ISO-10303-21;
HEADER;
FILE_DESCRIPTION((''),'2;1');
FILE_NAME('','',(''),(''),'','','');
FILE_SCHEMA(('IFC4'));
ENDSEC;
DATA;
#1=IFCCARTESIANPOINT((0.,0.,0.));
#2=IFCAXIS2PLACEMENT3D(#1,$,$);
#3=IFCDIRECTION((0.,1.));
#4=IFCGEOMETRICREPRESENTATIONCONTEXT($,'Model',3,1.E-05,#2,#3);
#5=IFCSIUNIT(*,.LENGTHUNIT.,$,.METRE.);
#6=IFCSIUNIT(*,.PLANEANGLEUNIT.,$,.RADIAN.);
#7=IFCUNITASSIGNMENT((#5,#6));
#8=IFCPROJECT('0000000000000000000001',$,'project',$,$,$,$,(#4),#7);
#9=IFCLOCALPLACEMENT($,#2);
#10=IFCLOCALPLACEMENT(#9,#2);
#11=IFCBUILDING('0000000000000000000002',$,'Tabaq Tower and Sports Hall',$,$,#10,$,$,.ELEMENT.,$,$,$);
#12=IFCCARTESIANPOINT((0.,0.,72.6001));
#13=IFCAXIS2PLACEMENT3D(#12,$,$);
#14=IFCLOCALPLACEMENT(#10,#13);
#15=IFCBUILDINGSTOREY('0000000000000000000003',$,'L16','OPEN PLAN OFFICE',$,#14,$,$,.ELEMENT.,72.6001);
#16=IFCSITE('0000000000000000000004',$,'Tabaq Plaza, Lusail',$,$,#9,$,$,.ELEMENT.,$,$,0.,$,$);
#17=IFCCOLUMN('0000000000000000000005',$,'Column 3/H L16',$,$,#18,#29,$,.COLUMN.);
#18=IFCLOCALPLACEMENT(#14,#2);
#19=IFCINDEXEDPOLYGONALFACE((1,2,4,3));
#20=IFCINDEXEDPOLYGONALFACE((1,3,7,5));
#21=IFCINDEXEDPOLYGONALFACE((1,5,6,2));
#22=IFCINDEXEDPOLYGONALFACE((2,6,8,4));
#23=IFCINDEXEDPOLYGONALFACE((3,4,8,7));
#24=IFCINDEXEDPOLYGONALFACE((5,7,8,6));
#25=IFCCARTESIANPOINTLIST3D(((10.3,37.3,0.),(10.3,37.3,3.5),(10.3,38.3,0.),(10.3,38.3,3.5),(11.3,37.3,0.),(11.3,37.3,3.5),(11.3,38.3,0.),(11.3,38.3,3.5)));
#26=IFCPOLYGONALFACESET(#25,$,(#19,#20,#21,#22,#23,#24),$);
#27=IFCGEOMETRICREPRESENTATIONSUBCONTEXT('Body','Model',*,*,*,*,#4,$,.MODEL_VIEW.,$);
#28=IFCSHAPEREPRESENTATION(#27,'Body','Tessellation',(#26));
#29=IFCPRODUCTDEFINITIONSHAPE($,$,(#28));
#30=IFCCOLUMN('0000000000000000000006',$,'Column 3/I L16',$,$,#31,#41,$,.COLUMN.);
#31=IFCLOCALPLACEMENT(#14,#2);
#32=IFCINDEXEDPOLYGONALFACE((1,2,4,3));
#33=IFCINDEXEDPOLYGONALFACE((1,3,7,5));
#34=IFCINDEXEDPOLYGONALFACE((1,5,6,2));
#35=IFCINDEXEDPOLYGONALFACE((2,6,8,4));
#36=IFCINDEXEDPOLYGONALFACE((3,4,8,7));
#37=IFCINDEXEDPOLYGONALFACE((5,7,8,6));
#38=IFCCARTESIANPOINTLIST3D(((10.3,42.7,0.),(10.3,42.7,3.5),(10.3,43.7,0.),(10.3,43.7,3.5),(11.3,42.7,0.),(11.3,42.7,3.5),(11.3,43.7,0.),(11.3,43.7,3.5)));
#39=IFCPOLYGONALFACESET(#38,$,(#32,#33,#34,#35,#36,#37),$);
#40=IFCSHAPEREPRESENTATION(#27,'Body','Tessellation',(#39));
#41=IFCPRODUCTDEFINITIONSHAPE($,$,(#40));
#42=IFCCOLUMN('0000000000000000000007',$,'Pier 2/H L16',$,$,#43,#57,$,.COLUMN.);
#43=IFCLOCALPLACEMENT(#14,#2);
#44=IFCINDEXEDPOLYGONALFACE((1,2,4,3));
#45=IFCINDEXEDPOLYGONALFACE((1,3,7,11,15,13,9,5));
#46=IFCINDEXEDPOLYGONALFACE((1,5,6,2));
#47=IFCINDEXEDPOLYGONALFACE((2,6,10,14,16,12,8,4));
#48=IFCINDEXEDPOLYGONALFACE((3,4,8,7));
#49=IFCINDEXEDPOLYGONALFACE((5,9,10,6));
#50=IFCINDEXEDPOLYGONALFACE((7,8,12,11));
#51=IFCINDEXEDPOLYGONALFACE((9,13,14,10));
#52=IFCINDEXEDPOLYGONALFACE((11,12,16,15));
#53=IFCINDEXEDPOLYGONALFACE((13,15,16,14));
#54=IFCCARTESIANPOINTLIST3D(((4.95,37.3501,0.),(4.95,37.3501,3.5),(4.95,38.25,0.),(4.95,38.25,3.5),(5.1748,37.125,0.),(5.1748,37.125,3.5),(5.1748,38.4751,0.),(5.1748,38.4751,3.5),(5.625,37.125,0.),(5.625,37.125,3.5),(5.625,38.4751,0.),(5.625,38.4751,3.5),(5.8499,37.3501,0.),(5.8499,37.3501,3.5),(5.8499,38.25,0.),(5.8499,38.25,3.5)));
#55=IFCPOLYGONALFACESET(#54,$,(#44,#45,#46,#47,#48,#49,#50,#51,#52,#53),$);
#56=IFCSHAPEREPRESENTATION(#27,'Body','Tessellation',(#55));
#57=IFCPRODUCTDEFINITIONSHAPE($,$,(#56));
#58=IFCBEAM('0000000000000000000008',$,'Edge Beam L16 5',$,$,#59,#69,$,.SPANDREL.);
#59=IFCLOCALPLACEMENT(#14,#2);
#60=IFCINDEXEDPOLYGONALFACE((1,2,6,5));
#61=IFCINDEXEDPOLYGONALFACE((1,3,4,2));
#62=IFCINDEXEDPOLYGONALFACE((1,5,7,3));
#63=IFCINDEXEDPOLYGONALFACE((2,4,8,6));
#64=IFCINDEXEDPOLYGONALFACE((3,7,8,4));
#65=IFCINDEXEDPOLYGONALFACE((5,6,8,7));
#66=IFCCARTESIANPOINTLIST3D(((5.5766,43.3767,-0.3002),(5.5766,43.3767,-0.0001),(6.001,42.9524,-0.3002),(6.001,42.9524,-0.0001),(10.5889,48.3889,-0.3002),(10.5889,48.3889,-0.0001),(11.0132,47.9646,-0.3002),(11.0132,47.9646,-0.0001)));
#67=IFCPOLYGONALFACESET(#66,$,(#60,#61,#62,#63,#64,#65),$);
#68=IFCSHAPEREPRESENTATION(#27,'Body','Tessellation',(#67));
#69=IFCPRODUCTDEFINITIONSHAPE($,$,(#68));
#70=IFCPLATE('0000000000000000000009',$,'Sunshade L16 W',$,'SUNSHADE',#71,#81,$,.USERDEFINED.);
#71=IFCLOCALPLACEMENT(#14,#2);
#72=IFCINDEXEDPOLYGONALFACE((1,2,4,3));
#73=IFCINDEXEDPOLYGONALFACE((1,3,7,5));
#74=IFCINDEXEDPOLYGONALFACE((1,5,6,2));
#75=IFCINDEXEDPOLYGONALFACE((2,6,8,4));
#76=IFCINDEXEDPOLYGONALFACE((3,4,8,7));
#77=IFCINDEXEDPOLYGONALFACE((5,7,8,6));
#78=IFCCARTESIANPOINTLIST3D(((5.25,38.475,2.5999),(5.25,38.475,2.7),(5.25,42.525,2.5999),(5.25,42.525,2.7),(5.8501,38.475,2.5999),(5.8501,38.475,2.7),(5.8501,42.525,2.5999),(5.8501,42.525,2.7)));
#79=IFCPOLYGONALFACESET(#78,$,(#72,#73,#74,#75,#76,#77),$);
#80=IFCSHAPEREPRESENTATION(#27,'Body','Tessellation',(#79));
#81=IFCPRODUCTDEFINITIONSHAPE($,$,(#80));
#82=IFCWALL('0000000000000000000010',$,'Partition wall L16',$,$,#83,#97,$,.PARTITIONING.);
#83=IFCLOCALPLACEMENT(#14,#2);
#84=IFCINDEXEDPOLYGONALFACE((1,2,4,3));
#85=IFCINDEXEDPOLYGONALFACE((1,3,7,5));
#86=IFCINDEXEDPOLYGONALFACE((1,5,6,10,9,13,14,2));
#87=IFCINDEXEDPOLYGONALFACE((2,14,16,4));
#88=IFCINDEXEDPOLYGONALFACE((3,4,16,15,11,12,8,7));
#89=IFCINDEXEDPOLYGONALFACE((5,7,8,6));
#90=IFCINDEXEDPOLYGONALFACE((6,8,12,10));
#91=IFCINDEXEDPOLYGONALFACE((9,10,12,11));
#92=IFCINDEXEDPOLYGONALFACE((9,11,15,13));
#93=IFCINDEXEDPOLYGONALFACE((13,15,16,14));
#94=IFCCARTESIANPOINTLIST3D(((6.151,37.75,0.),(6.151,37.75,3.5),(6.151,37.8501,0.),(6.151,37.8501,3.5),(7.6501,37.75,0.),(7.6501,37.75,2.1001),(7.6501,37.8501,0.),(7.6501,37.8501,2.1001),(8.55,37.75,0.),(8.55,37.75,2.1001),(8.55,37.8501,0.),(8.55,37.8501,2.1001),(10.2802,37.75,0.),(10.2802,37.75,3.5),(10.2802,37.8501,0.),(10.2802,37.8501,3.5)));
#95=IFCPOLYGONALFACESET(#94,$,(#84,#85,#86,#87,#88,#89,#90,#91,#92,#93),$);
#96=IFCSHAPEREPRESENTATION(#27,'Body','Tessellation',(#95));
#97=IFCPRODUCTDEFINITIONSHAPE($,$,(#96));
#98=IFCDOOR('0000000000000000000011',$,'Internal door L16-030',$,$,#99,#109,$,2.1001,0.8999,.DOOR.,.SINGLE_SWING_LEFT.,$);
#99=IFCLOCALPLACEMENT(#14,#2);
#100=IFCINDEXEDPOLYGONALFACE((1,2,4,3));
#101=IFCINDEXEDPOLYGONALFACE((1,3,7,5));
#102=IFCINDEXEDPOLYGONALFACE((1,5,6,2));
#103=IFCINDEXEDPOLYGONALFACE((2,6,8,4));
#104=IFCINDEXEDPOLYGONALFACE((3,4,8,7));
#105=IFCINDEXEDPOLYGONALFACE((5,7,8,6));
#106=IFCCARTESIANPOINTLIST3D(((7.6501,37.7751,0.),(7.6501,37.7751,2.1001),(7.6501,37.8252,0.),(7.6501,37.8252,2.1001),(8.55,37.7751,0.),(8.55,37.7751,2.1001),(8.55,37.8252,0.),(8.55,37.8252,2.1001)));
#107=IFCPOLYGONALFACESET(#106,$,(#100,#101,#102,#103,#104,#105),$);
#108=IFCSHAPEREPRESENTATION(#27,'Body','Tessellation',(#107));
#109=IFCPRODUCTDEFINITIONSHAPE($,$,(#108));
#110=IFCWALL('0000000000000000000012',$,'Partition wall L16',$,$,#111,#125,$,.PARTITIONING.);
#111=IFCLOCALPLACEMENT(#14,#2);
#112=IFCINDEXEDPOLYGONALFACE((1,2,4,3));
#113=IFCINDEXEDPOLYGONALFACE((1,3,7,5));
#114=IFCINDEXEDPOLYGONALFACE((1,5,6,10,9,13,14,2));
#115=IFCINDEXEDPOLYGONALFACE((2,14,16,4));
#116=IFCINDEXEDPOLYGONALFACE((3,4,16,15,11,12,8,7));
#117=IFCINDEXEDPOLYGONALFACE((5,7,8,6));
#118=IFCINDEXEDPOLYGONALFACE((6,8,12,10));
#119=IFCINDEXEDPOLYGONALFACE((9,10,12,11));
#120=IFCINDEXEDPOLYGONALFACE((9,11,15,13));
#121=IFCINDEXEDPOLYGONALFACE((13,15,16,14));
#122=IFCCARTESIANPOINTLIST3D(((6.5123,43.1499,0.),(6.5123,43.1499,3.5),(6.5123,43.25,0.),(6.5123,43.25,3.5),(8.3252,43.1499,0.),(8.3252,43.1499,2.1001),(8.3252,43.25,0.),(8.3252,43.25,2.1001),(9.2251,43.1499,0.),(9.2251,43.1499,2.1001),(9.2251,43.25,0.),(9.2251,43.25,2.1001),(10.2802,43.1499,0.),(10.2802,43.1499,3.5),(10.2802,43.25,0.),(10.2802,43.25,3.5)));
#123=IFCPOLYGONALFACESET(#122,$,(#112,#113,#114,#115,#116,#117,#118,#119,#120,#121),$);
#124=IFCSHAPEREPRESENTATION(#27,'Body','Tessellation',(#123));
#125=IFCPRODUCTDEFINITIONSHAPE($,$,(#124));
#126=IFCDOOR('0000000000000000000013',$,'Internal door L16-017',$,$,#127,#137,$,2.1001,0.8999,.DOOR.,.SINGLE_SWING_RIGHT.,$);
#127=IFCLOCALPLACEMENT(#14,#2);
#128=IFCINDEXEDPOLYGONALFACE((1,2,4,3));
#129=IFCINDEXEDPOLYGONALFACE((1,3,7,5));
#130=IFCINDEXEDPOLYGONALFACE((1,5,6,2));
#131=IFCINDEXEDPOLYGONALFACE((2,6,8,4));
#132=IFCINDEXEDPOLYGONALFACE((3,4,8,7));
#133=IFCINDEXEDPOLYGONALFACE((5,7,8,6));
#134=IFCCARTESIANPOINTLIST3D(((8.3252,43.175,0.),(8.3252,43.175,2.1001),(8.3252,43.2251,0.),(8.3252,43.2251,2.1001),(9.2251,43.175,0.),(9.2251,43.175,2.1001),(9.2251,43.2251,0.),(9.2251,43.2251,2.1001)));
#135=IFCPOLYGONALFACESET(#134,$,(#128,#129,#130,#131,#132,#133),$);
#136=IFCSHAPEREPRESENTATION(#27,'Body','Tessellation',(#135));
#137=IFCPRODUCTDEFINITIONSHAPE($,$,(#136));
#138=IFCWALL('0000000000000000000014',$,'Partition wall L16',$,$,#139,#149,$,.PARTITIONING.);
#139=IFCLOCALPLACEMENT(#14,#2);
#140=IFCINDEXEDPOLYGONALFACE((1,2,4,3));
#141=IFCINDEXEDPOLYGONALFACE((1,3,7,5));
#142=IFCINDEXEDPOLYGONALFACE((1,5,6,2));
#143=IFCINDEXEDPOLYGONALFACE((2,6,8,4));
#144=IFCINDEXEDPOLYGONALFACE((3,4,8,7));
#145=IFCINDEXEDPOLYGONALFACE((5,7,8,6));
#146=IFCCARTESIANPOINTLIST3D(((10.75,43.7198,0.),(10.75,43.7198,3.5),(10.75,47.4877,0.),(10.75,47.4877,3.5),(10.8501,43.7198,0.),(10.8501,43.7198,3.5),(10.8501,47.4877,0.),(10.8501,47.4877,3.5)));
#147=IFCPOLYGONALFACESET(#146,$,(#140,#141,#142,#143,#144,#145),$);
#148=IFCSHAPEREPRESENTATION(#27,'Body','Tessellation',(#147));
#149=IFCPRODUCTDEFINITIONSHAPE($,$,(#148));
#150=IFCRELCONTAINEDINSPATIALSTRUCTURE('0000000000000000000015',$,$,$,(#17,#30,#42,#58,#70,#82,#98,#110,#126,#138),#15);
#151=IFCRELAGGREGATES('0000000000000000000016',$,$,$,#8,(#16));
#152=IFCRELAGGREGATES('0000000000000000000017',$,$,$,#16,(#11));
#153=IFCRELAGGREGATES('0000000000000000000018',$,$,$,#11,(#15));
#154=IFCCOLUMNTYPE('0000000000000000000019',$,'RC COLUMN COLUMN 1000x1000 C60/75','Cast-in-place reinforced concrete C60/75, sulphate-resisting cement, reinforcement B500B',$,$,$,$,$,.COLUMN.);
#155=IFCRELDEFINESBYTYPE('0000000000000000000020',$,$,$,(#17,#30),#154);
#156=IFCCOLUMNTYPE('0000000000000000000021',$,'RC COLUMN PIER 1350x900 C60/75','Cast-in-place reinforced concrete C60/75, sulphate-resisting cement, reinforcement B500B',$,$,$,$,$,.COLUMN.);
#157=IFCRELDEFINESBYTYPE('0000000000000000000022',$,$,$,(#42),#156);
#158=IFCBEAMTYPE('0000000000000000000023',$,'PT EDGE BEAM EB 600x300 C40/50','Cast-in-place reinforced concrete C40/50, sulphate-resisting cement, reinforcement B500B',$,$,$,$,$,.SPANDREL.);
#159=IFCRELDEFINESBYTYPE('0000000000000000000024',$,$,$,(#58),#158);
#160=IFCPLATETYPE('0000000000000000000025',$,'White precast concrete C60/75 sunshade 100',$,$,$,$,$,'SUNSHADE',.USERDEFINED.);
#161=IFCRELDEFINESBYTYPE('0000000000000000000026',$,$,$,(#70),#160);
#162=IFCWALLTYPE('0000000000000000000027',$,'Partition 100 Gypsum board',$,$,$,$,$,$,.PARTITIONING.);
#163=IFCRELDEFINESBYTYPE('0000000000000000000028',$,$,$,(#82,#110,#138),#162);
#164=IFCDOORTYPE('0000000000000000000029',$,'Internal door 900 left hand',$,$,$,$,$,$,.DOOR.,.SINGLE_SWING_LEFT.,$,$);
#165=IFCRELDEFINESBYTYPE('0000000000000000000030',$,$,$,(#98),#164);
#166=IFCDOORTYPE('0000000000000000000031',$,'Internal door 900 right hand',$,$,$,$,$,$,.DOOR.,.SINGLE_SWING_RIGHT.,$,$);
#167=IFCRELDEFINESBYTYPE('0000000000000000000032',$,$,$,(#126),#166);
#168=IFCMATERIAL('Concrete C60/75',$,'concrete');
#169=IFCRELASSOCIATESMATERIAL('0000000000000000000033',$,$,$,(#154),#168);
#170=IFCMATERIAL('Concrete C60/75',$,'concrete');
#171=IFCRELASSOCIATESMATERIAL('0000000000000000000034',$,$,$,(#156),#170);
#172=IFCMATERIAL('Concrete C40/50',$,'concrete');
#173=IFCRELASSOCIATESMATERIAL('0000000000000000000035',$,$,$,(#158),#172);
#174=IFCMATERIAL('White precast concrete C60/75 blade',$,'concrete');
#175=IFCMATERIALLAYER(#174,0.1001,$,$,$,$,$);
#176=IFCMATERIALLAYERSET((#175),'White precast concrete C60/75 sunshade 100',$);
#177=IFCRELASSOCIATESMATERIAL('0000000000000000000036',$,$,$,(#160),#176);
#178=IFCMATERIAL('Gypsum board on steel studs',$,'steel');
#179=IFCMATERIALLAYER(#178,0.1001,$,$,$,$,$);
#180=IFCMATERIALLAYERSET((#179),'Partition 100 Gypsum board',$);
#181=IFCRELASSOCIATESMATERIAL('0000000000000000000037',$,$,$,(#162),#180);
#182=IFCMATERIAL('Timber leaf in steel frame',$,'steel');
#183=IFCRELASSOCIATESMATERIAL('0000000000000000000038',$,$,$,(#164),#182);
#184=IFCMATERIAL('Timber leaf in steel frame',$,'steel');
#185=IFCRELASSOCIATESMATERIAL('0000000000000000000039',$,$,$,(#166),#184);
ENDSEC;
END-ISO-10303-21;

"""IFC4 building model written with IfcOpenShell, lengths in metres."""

from ifc_helpers import new_model, si_unit, direction, frame, frame_2d, origin, origin_2d, place, context, subcontext, project, spatial, polyline, rectangle, outline, extrude, material, layer, layer_set, material_profile, profile_set, type_object, element, fill, save


model = new_model("IFC4")

# Units and contexts
model_context = context("Model", 3, precision=1e-05, world=origin(), true_north=direction((0.0, 1.0)))
body_context = subcontext(model_context, "Body", "Model", "MODEL_VIEW")
ifc_project = project(units=[si_unit("LENGTHUNIT", "METRE"), si_unit("PLANEANGLEUNIT", "RADIAN")], contexts=[model_context])

# Site, building, storey
site_placement = place(None, origin())
site = spatial("IfcSite", under=ifc_project, at=site_placement, Name="Tabaq Plaza, Lusail", CompositionType="ELEMENT", RefElevation=0.0)
building_placement = place(site_placement, origin())
building = spatial("IfcBuilding", under=site, at=building_placement, Name="Tabaq Tower and Sports Hall", CompositionType="ELEMENT")
storey_placement = place(building_placement, frame((0.0, 0.0, 72.6001)))
storey = spatial("IfcBuildingStorey", under=building, at=storey_placement, Name="L16", Description="OPEN PLAN OFFICE", CompositionType="ELEMENT", Elevation=72.6001)

# Columns
ifc_material_1 = material(Name="Concrete C60/75", Category="concrete")
ifc_material_profile_1 = material_profile(ifc_material_1, rectangle(XDim=1.0, YDim=1.0, at=origin_2d()), Name="COLUMN 1000x1000")
ifc_profile_set_1 = profile_set([ifc_material_profile_1], Name="Concrete C60/75")
column_type_1 = type_object("IfcColumnType", Name="RC COLUMN COLUMN 1000x1000 C60/75", Description="Cast-in-place reinforced concrete C60/75, sulphate-resisting cement, reinforcement B500B", PredefinedType="COLUMN", material=ifc_profile_set_1)
for number, where, z_axis, x_axis, name in (
    (1, (10.8, 37.8, 0.0), (0.0, 0.0, 1.0), (1.0, 0.0, 0.0), "Column 3/H L16"),
    (2, (10.8, 43.2, 0.0), (0.0, 0.0, 1.0), (1.0, 0.0, 0.0), "Column 3/I L16"),
):
    element("IfcColumn", number, at=place(storey_placement, frame(where, z_axis=z_axis, x_axis=x_axis)), inside=storey, type_object=column_type_1, Name=name, PredefinedType="COLUMN", context=body_context, shape_type="SweptSolid", body=[
        extrude(rectangle(XDim=1.0, YDim=1.0, at=origin_2d()), origin(), (0.0, 0.0, 1.0), 3.5),
    ])
ifc_material_2 = material(Name="Concrete C60/75", Category="concrete")
ifc_material_profile_2 = material_profile(ifc_material_2, outline(polyline([(-0.45, -0.45), (0.45, -0.45), (0.675, -0.2251), (0.675, 0.2251), (0.45, 0.45), (-0.45, 0.45), (-0.675, 0.2251), (-0.675, -0.2251), (-0.45, -0.45)])), Name="PIER 1350x900")
ifc_profile_set_2 = profile_set([ifc_material_profile_2], Name="Concrete C60/75")
column_type_2 = type_object("IfcColumnType", Name="RC COLUMN PIER 1350x900 C60/75", Description="Cast-in-place reinforced concrete C60/75, sulphate-resisting cement, reinforcement B500B", PredefinedType="COLUMN", material=ifc_profile_set_2)
column_placement = place(storey_placement, frame((5.3999, 37.8, 0.0), z_axis=(0.0, 0.0, 1.0), x_axis=(0.0, 1.0, 0.0)))
element("IfcColumn", 3, at=column_placement, inside=storey, type_object=column_type_2, Name="Pier 2/H L16", PredefinedType="COLUMN", context=body_context, shape_type="SweptSolid", body=[
    extrude(outline(polyline([(-0.45, -0.45), (0.45, -0.45), (0.675, -0.2251), (0.675, 0.2251), (0.45, 0.45), (-0.45, 0.45), (-0.675, 0.2251), (-0.675, -0.2251), (-0.45, -0.45)])), origin(), (0.0, 0.0, 1.0), 3.5),
])

# Beam
ifc_material_3 = material(Name="Concrete C40/50", Category="concrete")
ifc_material_profile_3 = material_profile(ifc_material_3, rectangle(XDim=0.6001, YDim=0.3, at=origin_2d()), Name="EB 600x300")
ifc_profile_set_3 = profile_set([ifc_material_profile_3], Name="Concrete C40/50")
beam_type = type_object("IfcBeamType", Name="PT EDGE BEAM EB 600x300 C40/50", Description="Cast-in-place reinforced concrete C40/50, sulphate-resisting cement, reinforcement B500B", PredefinedType="SPANDREL", material=ifc_profile_set_3)
beam_placement = place(storey_placement, frame((10.801, 48.1768, -0.1501), z_axis=(-0.707107, -0.707107, 0.0), x_axis=(0.707107, -0.707107, 0.0)))
element("IfcBeam", 4, at=beam_placement, inside=storey, type_object=beam_type, Name="Edge Beam L16 5", PredefinedType="SPANDREL", context=body_context, shape_type="SweptSolid", body=[
    extrude(rectangle(XDim=0.6001, YDim=0.3, at=origin_2d()), origin(), (0.0, 0.0, 1.0), 7.0884),
])

# Plate
ifc_material_4 = material(Name="White precast concrete C60/75 blade", Category="concrete")
ifc_layer_1 = layer(ifc_material_4, 0.1001)
ifc_layer_set_1 = layer_set([ifc_layer_1], Name="White precast concrete C60/75 sunshade 100")
plate_type = type_object("IfcPlateType", Name="White precast concrete C60/75 sunshade 100", ElementType="SUNSHADE", PredefinedType="USERDEFINED", material=ifc_layer_set_1)
plate_placement = place(storey_placement, frame((5.55, 40.5, 2.5999), z_axis=(0.0, 0.0, 1.0), x_axis=(0.0, -1.0, 0.0)))
element("IfcPlate", 5, at=plate_placement, inside=storey, type_object=plate_type, Name="Sunshade L16 W", ObjectType="SUNSHADE", PredefinedType="USERDEFINED", context=body_context, shape_type="SweptSolid", body=[
    extrude(rectangle(XDim=4.05, YDim=0.6001, at=origin_2d()), origin(), (0.0, 0.0, 1.0), 0.1001),
])

# Walls, openings, doors
ifc_material_5 = material(Name="Gypsum board on steel studs", Category="steel")
ifc_layer_2 = layer(ifc_material_5, 0.1001)
ifc_layer_set_2 = layer_set([ifc_layer_2], Name="Partition 100 Gypsum board")
wall_type_1 = type_object("IfcWallType", Name="Partition 100 Gypsum board", PredefinedType="PARTITIONING", material=ifc_layer_set_2)
wall_1_placement = place(storey_placement, frame((10.28, 37.8, 0.0), z_axis=(0.0, 0.0, 1.0), x_axis=(-1.0, 0.0, 0.0)))
wall_1 = element("IfcWall", 6, at=wall_1_placement, inside=storey, type_object=wall_type_1, Name="Partition wall L16", PredefinedType="PARTITIONING", context=body_context, shape_type="SweptSolid", body=[
    extrude(rectangle(XDim=4.1292, YDim=0.1001, at=frame_2d((2.0645, 0.0))), origin(), (0.0, 0.0, 1.0), 3.5),
])
opening_1_placement = place(wall_1_placement, frame((1.73, 0.0, 0.0)))
opening_1 = element("IfcOpeningElement", 7, at=opening_1_placement, cuts=wall_1, PredefinedType="OPENING", context=body_context, shape_type="SweptSolid", body=[
    extrude(rectangle(XDim=0.8999, YDim=2.1001, at=frame_2d((0.45, 1.05))), frame((0.0, 0.05, 0.0), z_axis=(0.0, -1.0, 0.0), x_axis=(1.0, 0.0, 0.0)), (0.0, 0.0, 1.0), 0.1001),
])
ifc_material_6 = material(Name="Timber leaf in steel frame", Category="steel")
door_type_1 = type_object("IfcDoorType", Name="Internal door 900 left hand", OperationType="SINGLE_SWING_LEFT", PredefinedType="DOOR", material=ifc_material_6)
door_1_placement = place(opening_1_placement, origin())
door_1 = element("IfcDoor", 8, at=door_1_placement, inside=storey, type_object=door_type_1, Name="Internal door L16-030", OperationType="SINGLE_SWING_LEFT", OverallHeight=2.1001, OverallWidth=0.8999, PredefinedType="DOOR", context=body_context, shape_type="SweptSolid", body=[
    extrude(rectangle(XDim=0.8999, YDim=2.1001, at=frame_2d((0.45, 1.05))), frame((0.0, 0.0249, 0.0), z_axis=(0.0, -1.0, 0.0), x_axis=(1.0, 0.0, 0.0)), (0.0, 0.0, 1.0), 0.05),
])
fill(opening_1, door_1)
wall_2_placement = place(storey_placement, frame((10.28, 43.2, 0.0), z_axis=(0.0, 0.0, 1.0), x_axis=(-1.0, 0.0, 0.0)))
wall_2 = element("IfcWall", 9, at=wall_2_placement, inside=storey, type_object=wall_type_1, Name="Partition wall L16", PredefinedType="PARTITIONING", context=body_context, shape_type="SweptSolid", body=[
    extrude(rectangle(XDim=3.7678, YDim=0.1001, at=frame_2d((1.8838, 0.0))), origin(), (0.0, 0.0, 1.0), 3.5),
])
opening_2_placement = place(wall_2_placement, frame((1.0549, 0.0, 0.0)))
opening_2 = element("IfcOpeningElement", 10, at=opening_2_placement, cuts=wall_2, PredefinedType="OPENING", context=body_context, shape_type="SweptSolid", body=[
    extrude(rectangle(XDim=0.8999, YDim=2.1001, at=frame_2d((0.45, 1.05))), frame((0.0, 0.05, 0.0), z_axis=(0.0, -1.0, 0.0), x_axis=(1.0, 0.0, 0.0)), (0.0, 0.0, 1.0), 0.1001),
])
ifc_material_7 = material(Name="Timber leaf in steel frame", Category="steel")
door_type_2 = type_object("IfcDoorType", Name="Internal door 900 right hand", OperationType="SINGLE_SWING_RIGHT", PredefinedType="DOOR", material=ifc_material_7)
door_2_placement = place(opening_2_placement, origin())
door_2 = element("IfcDoor", 11, at=door_2_placement, inside=storey, type_object=door_type_2, Name="Internal door L16-017", OperationType="SINGLE_SWING_RIGHT", OverallHeight=2.1001, OverallWidth=0.8999, PredefinedType="DOOR", context=body_context, shape_type="SweptSolid", body=[
    extrude(rectangle(XDim=0.8999, YDim=2.1001, at=frame_2d((0.45, 1.05))), frame((0.0, 0.0249, 0.0), z_axis=(0.0, -1.0, 0.0), x_axis=(1.0, 0.0, 0.0)), (0.0, 0.0, 1.0), 0.05),
])
fill(opening_2, door_2)

# Wall
wall_3_placement = place(storey_placement, frame((10.8, 43.72, 0.0), z_axis=(0.0, 0.0, 1.0), x_axis=(0.0, 1.0, 0.0)))
element("IfcWall", 12, at=wall_3_placement, inside=storey, type_object=wall_type_1, Name="Partition wall L16", PredefinedType="PARTITIONING", context=body_context, shape_type="SweptSolid", body=[
    extrude(rectangle(XDim=3.7678, YDim=0.1001, at=frame_2d((1.8838, 0.0))), origin(), (0.0, 0.0, 1.0), 3.5),
])

save(model, "model.ifc")
